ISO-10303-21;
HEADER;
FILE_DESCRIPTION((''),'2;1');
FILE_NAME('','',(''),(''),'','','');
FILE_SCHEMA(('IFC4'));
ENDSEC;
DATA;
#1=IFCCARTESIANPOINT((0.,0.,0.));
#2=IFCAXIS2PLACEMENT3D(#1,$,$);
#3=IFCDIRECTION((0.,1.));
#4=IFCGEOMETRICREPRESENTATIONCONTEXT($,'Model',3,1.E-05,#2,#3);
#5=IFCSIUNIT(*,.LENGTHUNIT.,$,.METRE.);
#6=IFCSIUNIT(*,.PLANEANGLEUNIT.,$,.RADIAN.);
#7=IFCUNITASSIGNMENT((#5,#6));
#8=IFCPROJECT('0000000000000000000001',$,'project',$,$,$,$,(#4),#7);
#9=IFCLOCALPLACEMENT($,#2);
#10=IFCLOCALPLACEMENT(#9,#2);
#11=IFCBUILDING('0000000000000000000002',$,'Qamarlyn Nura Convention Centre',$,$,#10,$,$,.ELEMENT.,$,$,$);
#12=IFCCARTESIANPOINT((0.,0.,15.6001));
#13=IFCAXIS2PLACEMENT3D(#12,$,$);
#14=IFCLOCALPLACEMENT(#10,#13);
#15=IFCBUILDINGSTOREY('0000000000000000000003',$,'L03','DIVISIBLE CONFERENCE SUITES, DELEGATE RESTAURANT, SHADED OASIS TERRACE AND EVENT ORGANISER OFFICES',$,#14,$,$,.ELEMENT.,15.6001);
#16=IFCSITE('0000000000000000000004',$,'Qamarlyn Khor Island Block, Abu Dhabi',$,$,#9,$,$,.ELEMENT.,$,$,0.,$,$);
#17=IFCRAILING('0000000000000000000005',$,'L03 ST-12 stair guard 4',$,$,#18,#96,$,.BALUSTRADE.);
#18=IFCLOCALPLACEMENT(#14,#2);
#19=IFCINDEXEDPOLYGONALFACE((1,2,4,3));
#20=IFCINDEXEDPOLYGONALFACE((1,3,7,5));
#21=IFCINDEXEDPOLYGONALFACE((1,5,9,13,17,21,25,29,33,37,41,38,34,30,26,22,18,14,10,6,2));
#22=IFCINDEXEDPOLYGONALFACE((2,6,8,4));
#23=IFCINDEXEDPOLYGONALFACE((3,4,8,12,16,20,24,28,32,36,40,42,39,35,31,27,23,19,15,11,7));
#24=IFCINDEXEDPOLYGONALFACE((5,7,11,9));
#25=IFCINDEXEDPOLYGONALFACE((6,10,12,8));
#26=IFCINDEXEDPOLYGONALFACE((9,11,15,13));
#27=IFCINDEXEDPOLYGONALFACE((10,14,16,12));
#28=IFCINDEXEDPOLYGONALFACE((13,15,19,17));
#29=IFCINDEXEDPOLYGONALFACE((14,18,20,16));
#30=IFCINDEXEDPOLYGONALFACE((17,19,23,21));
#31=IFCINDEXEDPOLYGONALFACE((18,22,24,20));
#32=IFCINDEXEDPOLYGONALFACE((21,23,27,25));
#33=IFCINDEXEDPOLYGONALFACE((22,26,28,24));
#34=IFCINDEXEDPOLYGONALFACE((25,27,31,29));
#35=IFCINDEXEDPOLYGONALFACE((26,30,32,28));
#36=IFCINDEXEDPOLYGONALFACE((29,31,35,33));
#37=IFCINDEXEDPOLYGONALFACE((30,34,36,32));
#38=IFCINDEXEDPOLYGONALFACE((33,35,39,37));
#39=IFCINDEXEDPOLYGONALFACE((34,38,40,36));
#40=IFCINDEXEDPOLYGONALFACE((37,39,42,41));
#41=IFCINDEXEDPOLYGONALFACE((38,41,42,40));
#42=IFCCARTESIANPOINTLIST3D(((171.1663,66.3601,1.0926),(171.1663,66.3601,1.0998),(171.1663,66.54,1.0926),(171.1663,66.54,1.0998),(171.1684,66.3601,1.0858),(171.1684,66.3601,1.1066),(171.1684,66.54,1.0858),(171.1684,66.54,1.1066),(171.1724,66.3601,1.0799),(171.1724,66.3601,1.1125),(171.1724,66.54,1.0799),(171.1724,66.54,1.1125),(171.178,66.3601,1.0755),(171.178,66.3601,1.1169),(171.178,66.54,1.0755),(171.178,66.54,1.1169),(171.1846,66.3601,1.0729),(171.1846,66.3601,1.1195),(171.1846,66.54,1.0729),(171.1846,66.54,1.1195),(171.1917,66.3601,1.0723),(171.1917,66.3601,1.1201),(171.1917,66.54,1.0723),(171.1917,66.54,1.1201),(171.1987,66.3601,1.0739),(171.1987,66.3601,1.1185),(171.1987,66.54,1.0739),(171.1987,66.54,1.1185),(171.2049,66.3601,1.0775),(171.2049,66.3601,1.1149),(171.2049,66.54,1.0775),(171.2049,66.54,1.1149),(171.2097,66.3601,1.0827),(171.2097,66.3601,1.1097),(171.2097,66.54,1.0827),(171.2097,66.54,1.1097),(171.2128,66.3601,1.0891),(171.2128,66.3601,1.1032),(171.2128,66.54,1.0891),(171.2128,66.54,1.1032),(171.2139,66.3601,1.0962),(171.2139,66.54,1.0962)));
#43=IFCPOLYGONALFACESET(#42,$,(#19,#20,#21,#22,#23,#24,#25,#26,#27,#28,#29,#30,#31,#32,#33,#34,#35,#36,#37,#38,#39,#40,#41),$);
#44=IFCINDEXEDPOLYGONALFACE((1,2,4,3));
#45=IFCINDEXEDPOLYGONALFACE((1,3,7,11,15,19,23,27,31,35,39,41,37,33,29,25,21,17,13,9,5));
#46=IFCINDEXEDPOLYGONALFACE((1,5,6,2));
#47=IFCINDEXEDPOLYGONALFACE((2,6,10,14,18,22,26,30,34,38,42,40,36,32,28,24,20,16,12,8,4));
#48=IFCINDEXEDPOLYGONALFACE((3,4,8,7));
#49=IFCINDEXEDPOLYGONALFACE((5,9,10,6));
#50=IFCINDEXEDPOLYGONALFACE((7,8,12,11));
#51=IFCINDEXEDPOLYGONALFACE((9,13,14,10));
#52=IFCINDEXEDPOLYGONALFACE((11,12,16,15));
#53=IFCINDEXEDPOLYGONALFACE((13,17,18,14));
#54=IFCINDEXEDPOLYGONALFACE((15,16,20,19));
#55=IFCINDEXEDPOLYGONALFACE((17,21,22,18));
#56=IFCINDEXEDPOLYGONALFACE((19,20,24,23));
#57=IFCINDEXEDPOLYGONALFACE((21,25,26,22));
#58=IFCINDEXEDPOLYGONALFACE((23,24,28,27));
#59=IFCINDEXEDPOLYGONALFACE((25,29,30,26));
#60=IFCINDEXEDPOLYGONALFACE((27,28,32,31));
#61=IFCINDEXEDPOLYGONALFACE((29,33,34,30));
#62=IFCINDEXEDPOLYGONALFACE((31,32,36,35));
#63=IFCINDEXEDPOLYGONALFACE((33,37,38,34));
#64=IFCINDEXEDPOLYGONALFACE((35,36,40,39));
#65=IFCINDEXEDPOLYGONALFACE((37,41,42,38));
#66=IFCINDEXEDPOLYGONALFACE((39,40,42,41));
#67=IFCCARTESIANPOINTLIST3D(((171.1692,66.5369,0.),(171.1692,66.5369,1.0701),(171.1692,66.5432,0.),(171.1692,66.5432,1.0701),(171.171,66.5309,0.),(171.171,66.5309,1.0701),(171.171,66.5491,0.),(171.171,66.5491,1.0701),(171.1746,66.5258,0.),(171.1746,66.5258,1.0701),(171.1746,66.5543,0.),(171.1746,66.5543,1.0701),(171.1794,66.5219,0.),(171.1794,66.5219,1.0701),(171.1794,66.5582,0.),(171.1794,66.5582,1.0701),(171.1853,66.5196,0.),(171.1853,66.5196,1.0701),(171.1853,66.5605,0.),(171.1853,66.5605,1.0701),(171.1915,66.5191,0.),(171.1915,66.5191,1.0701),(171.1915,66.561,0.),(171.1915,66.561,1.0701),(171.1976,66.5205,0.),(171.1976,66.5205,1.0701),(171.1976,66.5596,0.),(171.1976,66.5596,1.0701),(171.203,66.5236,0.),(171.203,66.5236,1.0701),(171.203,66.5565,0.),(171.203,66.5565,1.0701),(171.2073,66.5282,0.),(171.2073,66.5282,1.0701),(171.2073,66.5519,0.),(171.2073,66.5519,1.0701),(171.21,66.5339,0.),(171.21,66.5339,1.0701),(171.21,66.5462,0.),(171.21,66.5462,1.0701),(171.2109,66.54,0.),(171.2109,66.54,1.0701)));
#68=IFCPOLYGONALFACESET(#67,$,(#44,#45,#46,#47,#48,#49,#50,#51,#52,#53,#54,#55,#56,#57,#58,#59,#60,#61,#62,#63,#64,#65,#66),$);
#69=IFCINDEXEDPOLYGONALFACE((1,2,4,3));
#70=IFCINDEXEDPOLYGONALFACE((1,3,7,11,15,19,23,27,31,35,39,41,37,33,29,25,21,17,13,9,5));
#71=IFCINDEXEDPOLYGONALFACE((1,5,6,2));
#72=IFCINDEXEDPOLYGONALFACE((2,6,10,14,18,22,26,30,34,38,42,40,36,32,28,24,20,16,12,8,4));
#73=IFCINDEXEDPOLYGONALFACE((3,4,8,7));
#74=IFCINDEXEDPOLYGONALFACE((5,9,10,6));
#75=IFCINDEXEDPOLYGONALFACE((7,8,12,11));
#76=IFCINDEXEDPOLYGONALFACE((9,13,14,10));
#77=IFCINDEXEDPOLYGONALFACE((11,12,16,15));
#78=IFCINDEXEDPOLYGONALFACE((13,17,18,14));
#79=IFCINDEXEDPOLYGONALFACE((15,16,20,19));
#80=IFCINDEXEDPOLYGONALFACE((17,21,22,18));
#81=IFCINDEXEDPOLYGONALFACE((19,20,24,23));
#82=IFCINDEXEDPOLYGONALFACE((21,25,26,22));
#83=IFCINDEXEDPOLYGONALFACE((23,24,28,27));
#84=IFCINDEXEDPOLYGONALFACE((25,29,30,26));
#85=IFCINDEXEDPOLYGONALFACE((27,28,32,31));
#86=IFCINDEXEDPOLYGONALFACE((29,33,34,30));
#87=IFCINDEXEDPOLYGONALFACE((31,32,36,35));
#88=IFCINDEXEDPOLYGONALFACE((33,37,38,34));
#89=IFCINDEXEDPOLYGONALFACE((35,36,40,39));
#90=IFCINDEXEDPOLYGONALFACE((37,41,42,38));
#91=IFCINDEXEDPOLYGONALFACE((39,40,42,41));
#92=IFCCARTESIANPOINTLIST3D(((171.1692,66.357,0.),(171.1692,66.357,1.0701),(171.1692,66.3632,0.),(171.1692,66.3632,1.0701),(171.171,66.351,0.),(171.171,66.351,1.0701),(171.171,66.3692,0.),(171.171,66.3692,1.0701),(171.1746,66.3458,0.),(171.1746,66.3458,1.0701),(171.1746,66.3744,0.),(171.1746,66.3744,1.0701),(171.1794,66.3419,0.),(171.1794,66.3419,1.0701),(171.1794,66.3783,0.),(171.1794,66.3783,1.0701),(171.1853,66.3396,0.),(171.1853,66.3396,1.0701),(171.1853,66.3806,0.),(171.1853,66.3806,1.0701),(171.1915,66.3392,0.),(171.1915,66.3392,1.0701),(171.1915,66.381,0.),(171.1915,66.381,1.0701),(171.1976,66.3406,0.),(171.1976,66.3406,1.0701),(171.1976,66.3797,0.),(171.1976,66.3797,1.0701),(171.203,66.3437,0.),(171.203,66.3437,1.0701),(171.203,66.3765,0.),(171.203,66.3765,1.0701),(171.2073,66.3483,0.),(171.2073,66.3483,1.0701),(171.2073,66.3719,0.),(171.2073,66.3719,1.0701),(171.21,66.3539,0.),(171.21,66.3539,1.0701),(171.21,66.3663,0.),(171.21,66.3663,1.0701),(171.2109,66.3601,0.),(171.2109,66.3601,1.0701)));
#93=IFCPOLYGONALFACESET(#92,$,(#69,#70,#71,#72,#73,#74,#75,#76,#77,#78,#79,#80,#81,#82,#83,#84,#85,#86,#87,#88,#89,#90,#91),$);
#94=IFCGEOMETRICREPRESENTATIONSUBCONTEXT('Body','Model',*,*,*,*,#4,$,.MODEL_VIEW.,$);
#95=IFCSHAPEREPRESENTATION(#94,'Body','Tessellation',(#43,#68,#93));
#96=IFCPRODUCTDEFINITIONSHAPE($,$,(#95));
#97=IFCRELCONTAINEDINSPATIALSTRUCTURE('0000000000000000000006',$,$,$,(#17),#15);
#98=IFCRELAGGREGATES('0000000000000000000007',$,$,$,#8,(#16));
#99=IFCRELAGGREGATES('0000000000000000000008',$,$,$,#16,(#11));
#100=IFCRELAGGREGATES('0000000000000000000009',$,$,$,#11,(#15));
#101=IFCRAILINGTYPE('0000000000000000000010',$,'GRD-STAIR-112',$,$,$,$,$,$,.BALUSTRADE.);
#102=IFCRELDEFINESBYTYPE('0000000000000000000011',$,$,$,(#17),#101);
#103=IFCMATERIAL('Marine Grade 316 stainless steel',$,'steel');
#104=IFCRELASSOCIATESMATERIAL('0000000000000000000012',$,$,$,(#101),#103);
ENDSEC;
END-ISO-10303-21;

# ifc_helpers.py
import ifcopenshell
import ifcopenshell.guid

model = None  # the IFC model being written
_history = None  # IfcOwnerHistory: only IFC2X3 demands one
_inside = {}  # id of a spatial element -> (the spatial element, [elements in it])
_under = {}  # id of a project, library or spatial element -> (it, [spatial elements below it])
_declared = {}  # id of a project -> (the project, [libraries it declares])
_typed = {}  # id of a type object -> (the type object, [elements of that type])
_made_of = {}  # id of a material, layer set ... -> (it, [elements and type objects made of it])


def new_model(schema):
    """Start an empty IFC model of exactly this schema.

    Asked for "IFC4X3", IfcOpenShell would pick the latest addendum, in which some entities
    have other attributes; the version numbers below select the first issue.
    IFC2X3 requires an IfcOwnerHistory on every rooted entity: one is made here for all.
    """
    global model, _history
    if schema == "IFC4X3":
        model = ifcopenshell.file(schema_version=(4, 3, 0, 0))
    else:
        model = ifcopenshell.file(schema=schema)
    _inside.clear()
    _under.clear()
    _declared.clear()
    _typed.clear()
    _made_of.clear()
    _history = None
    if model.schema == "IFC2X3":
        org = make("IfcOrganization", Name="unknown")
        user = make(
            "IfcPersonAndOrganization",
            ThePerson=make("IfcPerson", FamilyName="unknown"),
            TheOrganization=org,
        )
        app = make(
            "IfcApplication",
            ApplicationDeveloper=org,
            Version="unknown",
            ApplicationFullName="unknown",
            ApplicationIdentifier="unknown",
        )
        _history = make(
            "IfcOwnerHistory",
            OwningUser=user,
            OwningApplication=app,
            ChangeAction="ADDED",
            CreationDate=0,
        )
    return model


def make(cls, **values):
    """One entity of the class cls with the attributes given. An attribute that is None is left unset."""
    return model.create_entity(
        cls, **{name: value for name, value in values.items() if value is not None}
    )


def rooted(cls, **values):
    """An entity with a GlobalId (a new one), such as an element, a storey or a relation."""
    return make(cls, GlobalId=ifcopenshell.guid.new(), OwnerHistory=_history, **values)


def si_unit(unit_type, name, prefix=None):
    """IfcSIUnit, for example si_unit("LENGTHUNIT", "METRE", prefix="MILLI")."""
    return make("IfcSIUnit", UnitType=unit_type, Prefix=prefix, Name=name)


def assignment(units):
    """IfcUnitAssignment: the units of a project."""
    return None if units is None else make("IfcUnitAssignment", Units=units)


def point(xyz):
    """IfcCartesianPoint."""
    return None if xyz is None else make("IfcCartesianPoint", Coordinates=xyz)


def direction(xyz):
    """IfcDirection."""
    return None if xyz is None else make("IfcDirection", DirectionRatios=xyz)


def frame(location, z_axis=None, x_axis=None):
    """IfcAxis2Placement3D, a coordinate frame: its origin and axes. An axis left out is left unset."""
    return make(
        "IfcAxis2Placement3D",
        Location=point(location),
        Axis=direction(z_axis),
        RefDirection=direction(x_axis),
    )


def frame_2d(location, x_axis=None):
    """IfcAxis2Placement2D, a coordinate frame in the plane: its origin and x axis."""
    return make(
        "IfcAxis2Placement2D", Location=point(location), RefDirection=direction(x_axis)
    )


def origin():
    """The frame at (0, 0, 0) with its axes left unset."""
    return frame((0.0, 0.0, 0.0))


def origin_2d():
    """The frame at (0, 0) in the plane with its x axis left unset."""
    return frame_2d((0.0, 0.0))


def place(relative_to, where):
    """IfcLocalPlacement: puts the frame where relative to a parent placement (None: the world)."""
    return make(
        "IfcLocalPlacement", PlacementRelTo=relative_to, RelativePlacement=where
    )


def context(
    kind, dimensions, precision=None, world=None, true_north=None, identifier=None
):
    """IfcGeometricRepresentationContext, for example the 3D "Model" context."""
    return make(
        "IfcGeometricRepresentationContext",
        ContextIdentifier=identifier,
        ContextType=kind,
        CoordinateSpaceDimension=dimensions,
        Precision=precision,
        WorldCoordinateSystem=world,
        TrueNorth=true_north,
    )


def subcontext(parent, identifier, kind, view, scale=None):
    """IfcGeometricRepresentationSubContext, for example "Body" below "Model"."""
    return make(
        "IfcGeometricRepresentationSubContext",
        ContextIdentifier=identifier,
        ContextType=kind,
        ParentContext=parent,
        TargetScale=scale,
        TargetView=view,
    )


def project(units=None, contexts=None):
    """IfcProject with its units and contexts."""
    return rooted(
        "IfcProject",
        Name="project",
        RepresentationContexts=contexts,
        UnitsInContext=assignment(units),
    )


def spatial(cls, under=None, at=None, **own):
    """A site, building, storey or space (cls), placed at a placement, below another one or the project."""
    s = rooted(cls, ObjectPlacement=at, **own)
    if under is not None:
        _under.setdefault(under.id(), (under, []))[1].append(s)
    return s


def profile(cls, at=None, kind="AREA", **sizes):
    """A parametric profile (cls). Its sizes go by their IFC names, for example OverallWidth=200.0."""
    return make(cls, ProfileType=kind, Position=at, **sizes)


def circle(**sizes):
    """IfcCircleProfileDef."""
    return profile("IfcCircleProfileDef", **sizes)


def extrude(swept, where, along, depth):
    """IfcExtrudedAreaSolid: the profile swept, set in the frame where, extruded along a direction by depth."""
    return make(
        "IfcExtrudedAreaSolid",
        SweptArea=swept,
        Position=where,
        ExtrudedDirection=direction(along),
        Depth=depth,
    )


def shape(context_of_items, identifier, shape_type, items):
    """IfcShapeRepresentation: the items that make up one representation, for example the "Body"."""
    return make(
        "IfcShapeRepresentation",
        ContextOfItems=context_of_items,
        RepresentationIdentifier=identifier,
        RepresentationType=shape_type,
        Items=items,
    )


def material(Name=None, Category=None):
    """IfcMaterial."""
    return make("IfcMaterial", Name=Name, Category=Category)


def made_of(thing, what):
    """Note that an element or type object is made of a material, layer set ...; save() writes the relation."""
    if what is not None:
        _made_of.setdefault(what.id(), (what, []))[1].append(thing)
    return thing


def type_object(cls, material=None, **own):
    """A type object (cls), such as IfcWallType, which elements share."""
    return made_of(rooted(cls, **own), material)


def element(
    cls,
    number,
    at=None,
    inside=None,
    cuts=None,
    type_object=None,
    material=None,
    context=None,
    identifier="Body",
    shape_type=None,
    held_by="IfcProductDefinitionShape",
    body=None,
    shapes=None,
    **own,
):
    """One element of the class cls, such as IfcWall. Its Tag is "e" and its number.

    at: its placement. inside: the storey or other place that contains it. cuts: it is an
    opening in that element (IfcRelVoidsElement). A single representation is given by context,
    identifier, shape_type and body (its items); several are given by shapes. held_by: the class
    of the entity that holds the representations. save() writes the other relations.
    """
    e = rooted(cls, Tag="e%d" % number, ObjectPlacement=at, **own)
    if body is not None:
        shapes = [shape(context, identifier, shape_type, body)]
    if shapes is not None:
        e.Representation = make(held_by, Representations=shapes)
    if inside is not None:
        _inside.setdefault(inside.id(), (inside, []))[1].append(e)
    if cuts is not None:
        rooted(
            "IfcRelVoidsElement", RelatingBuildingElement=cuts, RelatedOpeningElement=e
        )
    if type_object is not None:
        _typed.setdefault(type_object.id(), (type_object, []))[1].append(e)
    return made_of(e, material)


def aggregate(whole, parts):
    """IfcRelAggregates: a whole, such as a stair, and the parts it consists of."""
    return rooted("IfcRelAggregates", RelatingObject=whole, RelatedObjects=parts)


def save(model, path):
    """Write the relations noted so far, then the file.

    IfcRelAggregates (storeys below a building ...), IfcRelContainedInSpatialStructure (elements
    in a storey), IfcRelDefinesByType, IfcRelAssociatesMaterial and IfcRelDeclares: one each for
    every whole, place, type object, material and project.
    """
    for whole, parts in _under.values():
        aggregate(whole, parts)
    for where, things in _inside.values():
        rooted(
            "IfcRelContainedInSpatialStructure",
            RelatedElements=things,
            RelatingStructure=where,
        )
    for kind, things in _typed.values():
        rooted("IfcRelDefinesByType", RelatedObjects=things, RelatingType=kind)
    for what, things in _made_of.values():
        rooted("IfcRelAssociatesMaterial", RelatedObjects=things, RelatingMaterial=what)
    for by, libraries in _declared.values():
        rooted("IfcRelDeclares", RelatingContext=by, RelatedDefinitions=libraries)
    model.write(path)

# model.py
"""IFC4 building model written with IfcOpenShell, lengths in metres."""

from ifc_helpers import new_model, si_unit, direction, frame, origin, origin_2d, place, context, subcontext, project, spatial, circle, extrude, material, type_object, element, save


model = new_model("IFC4")

# Units and contexts
model_context = context("Model", 3, precision=1e-05, world=origin(), true_north=direction((0.0, 1.0)))
body_context = subcontext(model_context, "Body", "Model", "MODEL_VIEW")
ifc_project = project(units=[si_unit("LENGTHUNIT", "METRE"), si_unit("PLANEANGLEUNIT", "RADIAN")], contexts=[model_context])

# Site, building, storey
site_placement = place(None, origin())
site = spatial("IfcSite", under=ifc_project, at=site_placement, Name="Qamarlyn Khor Island Block, Abu Dhabi", CompositionType="ELEMENT", RefElevation=0.0)
building_placement = place(site_placement, origin())
building = spatial("IfcBuilding", under=site, at=building_placement, Name="Qamarlyn Nura Convention Centre", CompositionType="ELEMENT")
storey_placement = place(building_placement, frame((0.0, 0.0, 15.6001)))
storey = spatial("IfcBuildingStorey", under=building, at=storey_placement, Name="L03", Description="DIVISIBLE CONFERENCE SUITES, DELEGATE RESTAURANT, SHADED OASIS TERRACE AND EVENT ORGANISER OFFICES", CompositionType="ELEMENT", Elevation=15.6001)

# Railing
ifc_material_1 = material(Name="Marine Grade 316 stainless steel", Category="steel")
railing_type_1 = type_object("IfcRailingType", Name="GRD-STAIR-112", PredefinedType="BALUSTRADE", material=ifc_material_1)
railing_1_placement = place(storey_placement, frame((171.1899, 66.54, 0.0)))
element("IfcRailing", 1, at=railing_1_placement, inside=storey, type_object=railing_type_1, Name="L03 ST-12 stair guard 4", PredefinedType="BALUSTRADE", context=body_context, shape_type="SweptSolid", body=[
    extrude(circle(Radius=0.0239, at=origin_2d()), frame((0.0, 0.0, 1.0962), z_axis=(0.0, -1.0, 0.0), x_axis=(1.0, 0.0, 0.0)), (0.0, 0.0, 1.0), 0.1799),
    extrude(circle(Radius=0.021, at=origin_2d()), origin(), (0.0, 0.0, 1.0), 1.0701),
    extrude(circle(Radius=0.021, at=origin_2d()), frame((0.0, -0.1799, 0.0)), (0.0, 0.0, 1.0), 1.0701),
])

save(model, "model.ifc")
